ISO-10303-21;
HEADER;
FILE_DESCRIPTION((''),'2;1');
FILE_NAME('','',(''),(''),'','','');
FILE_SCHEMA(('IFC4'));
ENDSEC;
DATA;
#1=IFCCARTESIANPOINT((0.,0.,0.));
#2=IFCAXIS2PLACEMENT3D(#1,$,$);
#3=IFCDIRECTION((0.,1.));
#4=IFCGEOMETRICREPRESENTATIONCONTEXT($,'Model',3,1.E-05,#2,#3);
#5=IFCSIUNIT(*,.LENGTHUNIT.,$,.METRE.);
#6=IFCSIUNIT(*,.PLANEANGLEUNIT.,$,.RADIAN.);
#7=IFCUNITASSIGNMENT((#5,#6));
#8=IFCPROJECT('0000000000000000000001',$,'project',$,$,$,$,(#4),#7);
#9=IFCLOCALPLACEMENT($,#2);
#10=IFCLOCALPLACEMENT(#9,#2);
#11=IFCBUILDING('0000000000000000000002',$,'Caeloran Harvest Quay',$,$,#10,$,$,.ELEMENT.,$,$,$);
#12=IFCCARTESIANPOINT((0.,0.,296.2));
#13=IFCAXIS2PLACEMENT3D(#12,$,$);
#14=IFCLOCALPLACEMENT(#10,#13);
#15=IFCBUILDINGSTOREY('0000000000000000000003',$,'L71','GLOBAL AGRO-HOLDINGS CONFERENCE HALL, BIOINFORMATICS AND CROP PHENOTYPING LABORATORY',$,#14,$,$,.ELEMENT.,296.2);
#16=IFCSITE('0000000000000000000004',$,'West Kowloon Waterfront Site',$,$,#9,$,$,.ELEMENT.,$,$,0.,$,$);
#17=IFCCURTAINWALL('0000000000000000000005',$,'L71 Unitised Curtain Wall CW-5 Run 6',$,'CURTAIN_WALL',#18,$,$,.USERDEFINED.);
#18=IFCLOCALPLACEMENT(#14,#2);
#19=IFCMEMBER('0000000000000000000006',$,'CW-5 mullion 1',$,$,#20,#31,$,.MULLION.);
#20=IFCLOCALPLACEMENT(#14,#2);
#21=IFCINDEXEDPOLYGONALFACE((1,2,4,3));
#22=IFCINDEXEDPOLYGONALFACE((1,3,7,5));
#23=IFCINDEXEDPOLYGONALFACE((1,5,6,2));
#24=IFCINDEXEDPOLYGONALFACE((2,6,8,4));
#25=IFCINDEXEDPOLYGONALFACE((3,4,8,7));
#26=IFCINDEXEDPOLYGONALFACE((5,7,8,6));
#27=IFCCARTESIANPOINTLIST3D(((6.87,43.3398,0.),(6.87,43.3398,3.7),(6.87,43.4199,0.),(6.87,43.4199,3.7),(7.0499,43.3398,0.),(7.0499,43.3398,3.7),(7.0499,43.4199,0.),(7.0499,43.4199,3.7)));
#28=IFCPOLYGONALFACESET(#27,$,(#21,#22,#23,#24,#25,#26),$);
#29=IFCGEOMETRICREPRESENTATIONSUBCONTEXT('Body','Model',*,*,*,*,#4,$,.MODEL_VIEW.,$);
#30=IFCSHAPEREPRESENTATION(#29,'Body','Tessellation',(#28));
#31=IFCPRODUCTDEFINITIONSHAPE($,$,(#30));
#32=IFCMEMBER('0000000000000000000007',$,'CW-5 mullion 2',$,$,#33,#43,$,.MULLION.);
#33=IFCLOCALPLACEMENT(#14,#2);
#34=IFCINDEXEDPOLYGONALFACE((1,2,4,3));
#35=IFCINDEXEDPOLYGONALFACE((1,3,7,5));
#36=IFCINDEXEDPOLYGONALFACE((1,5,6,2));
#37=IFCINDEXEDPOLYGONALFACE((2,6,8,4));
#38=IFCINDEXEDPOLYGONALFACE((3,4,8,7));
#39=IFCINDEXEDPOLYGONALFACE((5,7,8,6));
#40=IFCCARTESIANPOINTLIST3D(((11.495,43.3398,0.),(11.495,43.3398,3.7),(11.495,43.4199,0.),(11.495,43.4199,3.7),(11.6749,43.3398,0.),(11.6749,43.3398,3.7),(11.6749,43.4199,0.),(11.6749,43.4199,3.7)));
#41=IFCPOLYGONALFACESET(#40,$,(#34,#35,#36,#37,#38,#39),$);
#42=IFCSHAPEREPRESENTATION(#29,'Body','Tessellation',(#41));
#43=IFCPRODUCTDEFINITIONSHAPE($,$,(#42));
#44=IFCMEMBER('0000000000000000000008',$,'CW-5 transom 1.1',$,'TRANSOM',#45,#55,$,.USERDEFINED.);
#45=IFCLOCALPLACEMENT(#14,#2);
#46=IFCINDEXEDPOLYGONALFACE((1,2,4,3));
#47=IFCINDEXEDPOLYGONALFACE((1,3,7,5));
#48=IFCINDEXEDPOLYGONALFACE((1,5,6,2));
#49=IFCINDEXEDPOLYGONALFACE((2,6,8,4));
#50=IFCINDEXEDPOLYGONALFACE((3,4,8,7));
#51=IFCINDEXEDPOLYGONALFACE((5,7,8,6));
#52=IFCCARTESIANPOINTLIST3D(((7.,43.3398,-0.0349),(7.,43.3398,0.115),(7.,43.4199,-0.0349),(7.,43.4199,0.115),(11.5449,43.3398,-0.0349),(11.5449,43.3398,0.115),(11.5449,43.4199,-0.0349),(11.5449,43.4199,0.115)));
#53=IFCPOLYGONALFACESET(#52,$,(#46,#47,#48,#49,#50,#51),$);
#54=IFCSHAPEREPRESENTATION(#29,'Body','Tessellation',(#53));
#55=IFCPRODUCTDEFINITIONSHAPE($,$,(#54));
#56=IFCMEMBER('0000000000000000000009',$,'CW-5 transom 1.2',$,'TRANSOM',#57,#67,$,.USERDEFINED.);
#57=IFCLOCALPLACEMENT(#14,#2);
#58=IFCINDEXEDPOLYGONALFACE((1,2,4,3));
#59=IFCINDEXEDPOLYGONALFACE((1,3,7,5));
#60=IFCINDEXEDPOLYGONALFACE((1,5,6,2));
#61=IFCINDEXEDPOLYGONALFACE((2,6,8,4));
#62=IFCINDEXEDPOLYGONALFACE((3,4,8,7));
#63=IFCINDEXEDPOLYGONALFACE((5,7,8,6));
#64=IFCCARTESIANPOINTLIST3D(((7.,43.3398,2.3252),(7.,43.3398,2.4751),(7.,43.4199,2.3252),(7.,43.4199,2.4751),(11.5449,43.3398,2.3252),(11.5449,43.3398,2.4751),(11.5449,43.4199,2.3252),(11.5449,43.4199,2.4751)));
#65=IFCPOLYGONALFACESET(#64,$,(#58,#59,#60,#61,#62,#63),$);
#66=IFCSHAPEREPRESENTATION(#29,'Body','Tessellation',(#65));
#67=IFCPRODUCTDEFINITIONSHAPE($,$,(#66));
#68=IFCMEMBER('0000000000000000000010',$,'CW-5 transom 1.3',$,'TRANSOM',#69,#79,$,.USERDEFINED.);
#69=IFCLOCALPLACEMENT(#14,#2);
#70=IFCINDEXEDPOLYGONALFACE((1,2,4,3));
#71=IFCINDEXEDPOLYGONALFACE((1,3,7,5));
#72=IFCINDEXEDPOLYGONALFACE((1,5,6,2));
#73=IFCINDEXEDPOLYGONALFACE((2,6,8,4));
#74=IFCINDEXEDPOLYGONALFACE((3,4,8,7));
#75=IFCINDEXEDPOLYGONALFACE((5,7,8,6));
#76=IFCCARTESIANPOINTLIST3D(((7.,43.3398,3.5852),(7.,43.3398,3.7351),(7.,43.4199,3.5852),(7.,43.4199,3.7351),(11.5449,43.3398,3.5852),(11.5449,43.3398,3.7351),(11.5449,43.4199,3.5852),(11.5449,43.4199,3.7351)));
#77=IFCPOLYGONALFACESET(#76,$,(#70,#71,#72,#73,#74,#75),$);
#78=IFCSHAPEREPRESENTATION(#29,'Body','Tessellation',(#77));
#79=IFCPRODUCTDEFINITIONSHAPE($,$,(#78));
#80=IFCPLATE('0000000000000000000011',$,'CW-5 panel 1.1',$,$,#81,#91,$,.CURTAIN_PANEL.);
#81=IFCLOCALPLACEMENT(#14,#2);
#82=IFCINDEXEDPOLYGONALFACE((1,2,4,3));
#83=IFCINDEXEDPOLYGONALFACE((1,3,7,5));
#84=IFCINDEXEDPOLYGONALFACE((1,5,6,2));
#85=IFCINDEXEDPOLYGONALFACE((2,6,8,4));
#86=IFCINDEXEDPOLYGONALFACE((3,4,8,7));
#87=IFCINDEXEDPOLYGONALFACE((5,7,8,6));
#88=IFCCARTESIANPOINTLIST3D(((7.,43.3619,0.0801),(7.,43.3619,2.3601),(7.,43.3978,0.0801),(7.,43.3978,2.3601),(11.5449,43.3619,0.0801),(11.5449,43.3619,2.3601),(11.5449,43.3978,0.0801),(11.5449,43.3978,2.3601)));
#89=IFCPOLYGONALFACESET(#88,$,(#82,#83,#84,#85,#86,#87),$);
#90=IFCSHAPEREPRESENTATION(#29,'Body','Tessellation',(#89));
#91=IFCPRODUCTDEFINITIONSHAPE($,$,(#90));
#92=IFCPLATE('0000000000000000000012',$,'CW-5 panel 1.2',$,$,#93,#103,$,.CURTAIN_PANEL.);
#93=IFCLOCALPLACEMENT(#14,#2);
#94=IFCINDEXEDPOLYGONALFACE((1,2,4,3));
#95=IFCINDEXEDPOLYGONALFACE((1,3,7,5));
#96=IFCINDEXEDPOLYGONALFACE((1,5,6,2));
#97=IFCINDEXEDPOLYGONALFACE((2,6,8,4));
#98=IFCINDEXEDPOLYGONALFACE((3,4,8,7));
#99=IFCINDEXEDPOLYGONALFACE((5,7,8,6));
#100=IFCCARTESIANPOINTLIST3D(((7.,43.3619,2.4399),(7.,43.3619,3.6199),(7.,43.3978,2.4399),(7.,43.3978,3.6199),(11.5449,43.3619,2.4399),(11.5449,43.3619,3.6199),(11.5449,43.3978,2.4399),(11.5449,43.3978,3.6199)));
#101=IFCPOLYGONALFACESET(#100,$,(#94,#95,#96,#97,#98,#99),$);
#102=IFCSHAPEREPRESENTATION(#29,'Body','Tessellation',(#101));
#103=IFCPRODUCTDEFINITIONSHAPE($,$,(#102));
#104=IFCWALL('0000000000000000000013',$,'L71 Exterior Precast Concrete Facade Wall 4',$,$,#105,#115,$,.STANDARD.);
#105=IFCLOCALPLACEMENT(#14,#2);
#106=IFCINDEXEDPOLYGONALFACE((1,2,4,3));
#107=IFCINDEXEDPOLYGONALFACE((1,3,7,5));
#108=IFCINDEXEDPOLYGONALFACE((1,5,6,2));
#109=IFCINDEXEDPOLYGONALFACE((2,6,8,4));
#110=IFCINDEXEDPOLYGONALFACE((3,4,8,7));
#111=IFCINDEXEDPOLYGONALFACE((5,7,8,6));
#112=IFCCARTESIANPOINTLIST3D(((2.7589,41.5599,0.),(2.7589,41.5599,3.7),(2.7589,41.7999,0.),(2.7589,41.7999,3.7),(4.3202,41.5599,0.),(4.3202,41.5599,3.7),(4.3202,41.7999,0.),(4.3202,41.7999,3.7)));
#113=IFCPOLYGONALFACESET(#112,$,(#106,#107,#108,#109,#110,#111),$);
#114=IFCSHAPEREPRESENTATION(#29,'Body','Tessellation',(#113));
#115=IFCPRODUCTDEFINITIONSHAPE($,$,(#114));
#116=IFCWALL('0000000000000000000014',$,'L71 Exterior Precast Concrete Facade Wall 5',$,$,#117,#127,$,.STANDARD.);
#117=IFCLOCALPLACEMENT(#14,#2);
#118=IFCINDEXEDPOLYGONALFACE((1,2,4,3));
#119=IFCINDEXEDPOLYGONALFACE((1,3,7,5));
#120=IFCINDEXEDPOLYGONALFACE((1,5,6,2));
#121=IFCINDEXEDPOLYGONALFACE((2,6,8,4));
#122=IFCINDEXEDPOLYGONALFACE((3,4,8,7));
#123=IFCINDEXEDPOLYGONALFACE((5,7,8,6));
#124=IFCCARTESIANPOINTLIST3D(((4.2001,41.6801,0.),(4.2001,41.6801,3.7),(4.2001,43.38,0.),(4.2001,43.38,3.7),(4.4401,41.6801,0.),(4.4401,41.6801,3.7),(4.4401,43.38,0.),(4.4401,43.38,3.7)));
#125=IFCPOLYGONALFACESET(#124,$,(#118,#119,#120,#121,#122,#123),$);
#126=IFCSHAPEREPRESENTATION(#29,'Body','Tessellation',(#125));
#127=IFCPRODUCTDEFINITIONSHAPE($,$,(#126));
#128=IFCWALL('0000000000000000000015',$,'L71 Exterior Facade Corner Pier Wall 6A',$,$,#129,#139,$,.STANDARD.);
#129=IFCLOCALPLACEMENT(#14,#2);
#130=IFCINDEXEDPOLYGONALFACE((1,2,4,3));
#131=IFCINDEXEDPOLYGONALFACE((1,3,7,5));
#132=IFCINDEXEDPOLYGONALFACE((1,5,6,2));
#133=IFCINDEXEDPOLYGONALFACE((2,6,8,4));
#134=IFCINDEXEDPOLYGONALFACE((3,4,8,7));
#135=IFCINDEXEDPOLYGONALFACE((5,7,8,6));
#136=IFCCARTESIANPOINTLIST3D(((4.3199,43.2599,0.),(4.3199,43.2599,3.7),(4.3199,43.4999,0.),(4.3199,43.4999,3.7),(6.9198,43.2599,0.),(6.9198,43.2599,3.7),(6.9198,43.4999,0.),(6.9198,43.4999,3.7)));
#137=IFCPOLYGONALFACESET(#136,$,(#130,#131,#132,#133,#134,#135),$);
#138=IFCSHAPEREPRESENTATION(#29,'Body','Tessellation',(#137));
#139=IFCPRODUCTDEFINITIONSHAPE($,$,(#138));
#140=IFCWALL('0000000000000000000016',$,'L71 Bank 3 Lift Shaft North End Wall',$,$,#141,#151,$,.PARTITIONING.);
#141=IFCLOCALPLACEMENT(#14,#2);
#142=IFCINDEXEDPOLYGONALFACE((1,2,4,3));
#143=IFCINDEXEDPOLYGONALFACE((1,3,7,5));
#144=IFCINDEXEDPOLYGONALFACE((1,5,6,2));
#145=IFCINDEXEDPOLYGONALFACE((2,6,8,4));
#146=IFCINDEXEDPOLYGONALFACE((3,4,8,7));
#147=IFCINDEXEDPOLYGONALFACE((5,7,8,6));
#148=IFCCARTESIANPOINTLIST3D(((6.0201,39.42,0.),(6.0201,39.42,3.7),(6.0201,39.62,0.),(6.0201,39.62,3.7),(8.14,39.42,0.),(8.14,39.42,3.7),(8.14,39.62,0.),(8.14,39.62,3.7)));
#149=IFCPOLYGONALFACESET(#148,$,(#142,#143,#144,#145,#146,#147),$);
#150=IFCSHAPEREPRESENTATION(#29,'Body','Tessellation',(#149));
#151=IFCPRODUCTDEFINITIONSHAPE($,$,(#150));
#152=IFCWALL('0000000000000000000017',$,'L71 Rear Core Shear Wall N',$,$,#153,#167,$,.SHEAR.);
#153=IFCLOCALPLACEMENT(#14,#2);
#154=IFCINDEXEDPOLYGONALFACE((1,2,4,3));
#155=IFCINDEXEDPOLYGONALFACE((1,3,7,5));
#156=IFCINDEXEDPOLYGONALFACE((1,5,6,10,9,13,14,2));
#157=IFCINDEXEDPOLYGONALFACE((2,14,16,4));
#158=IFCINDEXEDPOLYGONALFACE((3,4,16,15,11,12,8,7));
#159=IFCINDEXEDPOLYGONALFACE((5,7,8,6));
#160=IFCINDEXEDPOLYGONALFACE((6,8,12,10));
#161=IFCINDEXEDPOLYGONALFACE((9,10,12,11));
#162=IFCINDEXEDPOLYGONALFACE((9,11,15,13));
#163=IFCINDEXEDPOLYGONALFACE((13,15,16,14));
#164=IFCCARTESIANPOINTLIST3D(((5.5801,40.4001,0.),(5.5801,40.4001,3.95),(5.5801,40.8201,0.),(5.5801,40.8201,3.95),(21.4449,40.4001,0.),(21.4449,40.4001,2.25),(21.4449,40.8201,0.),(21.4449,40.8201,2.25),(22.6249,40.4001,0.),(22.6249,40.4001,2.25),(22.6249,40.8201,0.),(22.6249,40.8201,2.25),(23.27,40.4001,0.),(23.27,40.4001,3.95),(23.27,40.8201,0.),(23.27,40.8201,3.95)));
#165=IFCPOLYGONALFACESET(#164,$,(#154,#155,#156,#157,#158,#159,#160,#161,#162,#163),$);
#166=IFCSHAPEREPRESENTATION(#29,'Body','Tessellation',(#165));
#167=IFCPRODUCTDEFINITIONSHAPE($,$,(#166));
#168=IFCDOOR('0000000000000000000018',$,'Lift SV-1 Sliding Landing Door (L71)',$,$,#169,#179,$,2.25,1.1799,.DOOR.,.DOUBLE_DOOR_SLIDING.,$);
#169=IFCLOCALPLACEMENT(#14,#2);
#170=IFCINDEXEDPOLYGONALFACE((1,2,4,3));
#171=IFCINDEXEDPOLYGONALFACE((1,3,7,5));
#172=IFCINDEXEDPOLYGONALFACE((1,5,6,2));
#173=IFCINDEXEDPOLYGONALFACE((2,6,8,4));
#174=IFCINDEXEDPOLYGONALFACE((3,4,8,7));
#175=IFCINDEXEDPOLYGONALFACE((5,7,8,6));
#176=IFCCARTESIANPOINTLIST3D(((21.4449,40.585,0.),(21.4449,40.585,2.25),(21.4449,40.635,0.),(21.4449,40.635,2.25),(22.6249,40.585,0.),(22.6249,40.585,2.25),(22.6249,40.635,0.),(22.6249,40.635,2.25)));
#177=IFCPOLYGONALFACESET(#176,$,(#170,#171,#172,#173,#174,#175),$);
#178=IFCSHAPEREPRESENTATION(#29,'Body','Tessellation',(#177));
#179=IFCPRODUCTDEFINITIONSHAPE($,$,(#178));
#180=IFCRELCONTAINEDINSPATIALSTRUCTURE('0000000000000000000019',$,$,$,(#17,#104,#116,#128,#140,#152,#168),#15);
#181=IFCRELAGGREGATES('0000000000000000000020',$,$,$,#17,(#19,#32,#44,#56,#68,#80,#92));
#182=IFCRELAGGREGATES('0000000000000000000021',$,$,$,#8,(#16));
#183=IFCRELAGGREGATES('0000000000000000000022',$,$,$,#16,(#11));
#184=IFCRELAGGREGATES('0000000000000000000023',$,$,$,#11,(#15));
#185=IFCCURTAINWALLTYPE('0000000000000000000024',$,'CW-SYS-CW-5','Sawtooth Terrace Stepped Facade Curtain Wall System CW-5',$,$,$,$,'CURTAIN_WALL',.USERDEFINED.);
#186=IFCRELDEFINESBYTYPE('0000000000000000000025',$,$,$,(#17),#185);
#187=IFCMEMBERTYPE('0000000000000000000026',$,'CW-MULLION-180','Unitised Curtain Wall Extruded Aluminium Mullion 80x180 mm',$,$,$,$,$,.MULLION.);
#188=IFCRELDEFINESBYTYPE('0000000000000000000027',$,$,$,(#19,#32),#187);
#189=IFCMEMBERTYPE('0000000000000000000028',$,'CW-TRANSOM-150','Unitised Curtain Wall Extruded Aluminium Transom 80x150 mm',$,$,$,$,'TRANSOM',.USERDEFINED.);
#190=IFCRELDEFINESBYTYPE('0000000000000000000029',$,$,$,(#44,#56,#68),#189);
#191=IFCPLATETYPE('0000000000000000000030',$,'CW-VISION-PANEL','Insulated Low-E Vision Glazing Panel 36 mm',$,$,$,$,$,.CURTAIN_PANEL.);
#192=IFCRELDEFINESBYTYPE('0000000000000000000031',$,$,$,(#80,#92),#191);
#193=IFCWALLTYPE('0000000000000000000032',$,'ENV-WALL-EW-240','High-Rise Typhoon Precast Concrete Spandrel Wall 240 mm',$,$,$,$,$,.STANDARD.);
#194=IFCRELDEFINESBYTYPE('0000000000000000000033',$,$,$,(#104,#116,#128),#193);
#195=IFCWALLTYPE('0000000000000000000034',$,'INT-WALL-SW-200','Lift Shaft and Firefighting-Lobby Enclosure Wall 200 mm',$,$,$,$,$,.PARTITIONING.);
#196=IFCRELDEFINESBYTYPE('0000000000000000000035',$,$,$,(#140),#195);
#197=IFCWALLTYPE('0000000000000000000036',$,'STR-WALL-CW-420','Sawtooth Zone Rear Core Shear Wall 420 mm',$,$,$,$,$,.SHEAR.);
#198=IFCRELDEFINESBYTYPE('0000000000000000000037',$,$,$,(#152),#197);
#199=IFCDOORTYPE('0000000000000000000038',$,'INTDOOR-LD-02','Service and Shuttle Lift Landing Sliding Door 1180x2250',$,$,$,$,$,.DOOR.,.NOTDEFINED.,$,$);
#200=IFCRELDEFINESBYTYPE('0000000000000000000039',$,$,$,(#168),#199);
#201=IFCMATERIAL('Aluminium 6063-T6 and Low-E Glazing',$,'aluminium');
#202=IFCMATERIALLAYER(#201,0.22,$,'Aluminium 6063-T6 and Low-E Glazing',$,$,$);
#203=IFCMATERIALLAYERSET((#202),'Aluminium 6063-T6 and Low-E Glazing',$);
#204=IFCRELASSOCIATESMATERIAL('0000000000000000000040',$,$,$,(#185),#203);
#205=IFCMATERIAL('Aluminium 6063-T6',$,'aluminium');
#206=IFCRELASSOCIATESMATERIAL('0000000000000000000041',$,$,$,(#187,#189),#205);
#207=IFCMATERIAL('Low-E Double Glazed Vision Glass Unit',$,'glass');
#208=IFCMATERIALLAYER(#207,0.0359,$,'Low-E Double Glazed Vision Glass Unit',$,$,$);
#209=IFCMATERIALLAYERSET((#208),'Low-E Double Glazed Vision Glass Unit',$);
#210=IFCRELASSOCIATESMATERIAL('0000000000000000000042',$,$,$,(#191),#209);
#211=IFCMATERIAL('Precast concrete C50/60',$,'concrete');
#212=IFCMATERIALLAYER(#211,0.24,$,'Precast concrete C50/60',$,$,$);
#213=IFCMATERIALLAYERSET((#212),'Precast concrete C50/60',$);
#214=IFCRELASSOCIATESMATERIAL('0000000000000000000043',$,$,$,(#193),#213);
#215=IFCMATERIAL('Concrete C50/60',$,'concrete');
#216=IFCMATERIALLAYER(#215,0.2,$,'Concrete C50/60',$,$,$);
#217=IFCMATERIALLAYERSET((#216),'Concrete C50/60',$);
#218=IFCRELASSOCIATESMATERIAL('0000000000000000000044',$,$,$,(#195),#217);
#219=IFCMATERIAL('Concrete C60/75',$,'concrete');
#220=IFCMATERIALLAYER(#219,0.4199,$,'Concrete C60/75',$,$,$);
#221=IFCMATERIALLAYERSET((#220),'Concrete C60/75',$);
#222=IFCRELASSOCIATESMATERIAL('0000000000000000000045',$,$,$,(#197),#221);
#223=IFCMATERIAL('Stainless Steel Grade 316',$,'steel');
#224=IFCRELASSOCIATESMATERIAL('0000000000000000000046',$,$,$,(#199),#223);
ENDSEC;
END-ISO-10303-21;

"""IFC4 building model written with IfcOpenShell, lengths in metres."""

from ifc_helpers import new_model, si_unit, direction, frame, frame_2d, origin, origin_2d, place, context, subcontext, project, spatial, rectangle, extrude, material, layer, layer_set, material_profile, profile_set, type_object, element, fill, aggregate, save


model = new_model("IFC4")

# Units and contexts
model_context = context("Model", 3, precision=1e-05, world=origin(), true_north=direction((0.0, 1.0)))
body_context = subcontext(model_context, "Body", "Model", "MODEL_VIEW")
ifc_project = project(units=[si_unit("LENGTHUNIT", "METRE"), si_unit("PLANEANGLEUNIT", "RADIAN")], contexts=[model_context])

# Site, building, storey
site_placement = place(None, origin())
site = spatial("IfcSite", under=ifc_project, at=site_placement, Name="West Kowloon Waterfront Site", CompositionType="ELEMENT", RefElevation=0.0)
building_placement = place(site_placement, origin())
building = spatial("IfcBuilding", under=site, at=building_placement, Name="Caeloran Harvest Quay", CompositionType="ELEMENT")
storey_placement = place(building_placement, frame((0.0, 0.0, 296.2)))
storey = spatial("IfcBuildingStorey", under=building, at=storey_placement, Name="L71", Description="GLOBAL AGRO-HOLDINGS CONFERENCE HALL, BIOINFORMATICS AND CROP PHENOTYPING LABORATORY", CompositionType="ELEMENT", Elevation=296.2)

# Curtain wall, members, plates
ifc_material_1 = material(Name="Aluminium 6063-T6 and Low-E Glazing", Category="aluminium")
ifc_layer_1 = layer(ifc_material_1, 0.22, Name="Aluminium 6063-T6 and Low-E Glazing")
ifc_layer_set_1 = layer_set([ifc_layer_1], Name="Aluminium 6063-T6 and Low-E Glazing")
curtain_wall_type = type_object("IfcCurtainWallType", Name="CW-SYS-CW-5", Description="Sawtooth Terrace Stepped Facade Curtain Wall System CW-5", ElementType="CURTAIN_WALL", PredefinedType="USERDEFINED", material=ifc_layer_set_1)
curtain_wall_placement = place(storey_placement, origin())
curtain_wall = element("IfcCurtainWall", 1, at=curtain_wall_placement, inside=storey, type_object=curtain_wall_type, Name="L71 Unitised Curtain Wall CW-5 Run 6", ObjectType="CURTAIN_WALL", PredefinedType="USERDEFINED")
ifc_material_2 = material(Name="Aluminium 6063-T6", Category="aluminium")
ifc_material_profile_1 = material_profile(ifc_material_2, rectangle(XDim=0.0801, YDim=0.1799, at=origin_2d()), Name="CW-MULLION-180")
ifc_profile_set_1 = profile_set([ifc_material_profile_1], Name="Aluminium 6063-T6")
member_type_1 = type_object("IfcMemberType", Name="CW-MULLION-180", Description="Unitised Curtain Wall Extruded Aluminium Mullion 80x180 mm", PredefinedType="MULLION", material=ifc_profile_set_1)
member_1_placement = place(storey_placement, frame((6.96, 43.3799, 0.0), z_axis=(0.0, 0.0, 1.0), x_axis=(0.0, 1.0, 0.0)))
member_1 = element("IfcMember", 2, at=member_1_placement, type_object=member_type_1, Name="CW-5 mullion 1", PredefinedType="MULLION", context=body_context, shape_type="SweptSolid", body=[
    extrude(rectangle(XDim=0.0801, YDim=0.1799, at=origin_2d()), origin(), (0.0, 0.0, 1.0), 3.7),
])
member_2_placement = place(storey_placement, frame((11.585, 43.3799, 0.0), z_axis=(0.0, 0.0, 1.0), x_axis=(0.0, 1.0, 0.0)))
member_2 = element("IfcMember", 3, at=member_2_placement, type_object=member_type_1, Name="CW-5 mullion 2", PredefinedType="MULLION", context=body_context, shape_type="SweptSolid", body=[
    extrude(rectangle(XDim=0.0801, YDim=0.1799, at=origin_2d()), origin(), (0.0, 0.0, 1.0), 3.7),
])
ifc_material_profile_2 = material_profile(ifc_material_2, rectangle(XDim=0.0801, YDim=0.1499, at=origin_2d()), Name="CW-TRANSOM-150")
ifc_profile_set_2 = profile_set([ifc_material_profile_2], Name="Aluminium 6063-T6")
member_type_2 = type_object("IfcMemberType", Name="CW-TRANSOM-150", Description="Unitised Curtain Wall Extruded Aluminium Transom 80x150 mm", ElementType="TRANSOM", PredefinedType="USERDEFINED", material=ifc_profile_set_2)
member_3_placement = place(storey_placement, frame((7.0, 43.3799, 0.04), z_axis=(1.0, 0.0, 0.0), x_axis=(0.0, 1.0, 0.0)))
member_3 = element("IfcMember", 4, at=member_3_placement, type_object=member_type_2, Name="CW-5 transom 1.1", ObjectType="TRANSOM", PredefinedType="USERDEFINED", context=body_context, shape_type="SweptSolid", body=[
    extrude(rectangle(XDim=0.0801, YDim=0.1499, at=origin_2d()), origin(), (0.0, 0.0, 1.0), 4.5449),
])
member_4_placement = place(storey_placement, frame((7.0, 43.3799, 2.4001), z_axis=(1.0, 0.0, 0.0), x_axis=(0.0, 1.0, 0.0)))
member_4 = element("IfcMember", 5, at=member_4_placement, type_object=member_type_2, Name="CW-5 transom 1.2", ObjectType="TRANSOM", PredefinedType="USERDEFINED", context=body_context, shape_type="SweptSolid", body=[
    extrude(rectangle(XDim=0.0801, YDim=0.1499, at=origin_2d()), origin(), (0.0, 0.0, 1.0), 4.5449),
])
member_5_placement = place(storey_placement, frame((7.0, 43.3799, 3.6602), z_axis=(1.0, 0.0, 0.0), x_axis=(0.0, 1.0, 0.0)))
member_5 = element("IfcMember", 6, at=member_5_placement, type_object=member_type_2, Name="CW-5 transom 1.3", ObjectType="TRANSOM", PredefinedType="USERDEFINED", context=body_context, shape_type="SweptSolid", body=[
    extrude(rectangle(XDim=0.0801, YDim=0.1499, at=origin_2d()), origin(), (0.0, 0.0, 1.0), 4.5449),
])
ifc_material_3 = material(Name="Low-E Double Glazed Vision Glass Unit", Category="glass")
ifc_layer_2 = layer(ifc_material_3, 0.0359, Name="Low-E Double Glazed Vision Glass Unit")
ifc_layer_set_2 = layer_set([ifc_layer_2], Name="Low-E Double Glazed Vision Glass Unit")
plate_type = type_object("IfcPlateType", Name="CW-VISION-PANEL", Description="Insulated Low-E Vision Glazing Panel 36 mm", PredefinedType="CURTAIN_PANEL", material=ifc_layer_set_2)
plate_1_placement = place(storey_placement, frame((9.2725, 43.3799, 0.0801), z_axis=(0.0, 0.0, 1.0), x_axis=(1.0, 0.0, 0.0)))
plate_1 = element("IfcPlate", 7, at=plate_1_placement, type_object=plate_type, Name="CW-5 panel 1.1", PredefinedType="CURTAIN_PANEL", context=body_context, shape_type="SweptSolid", body=[
    extrude(rectangle(XDim=4.5449, YDim=0.0359, at=origin_2d()), origin(), (0.0, 0.0, 1.0), 2.28),
])
plate_2_placement = place(storey_placement, frame((9.2725, 43.3799, 2.4399), z_axis=(0.0, 0.0, 1.0), x_axis=(1.0, 0.0, 0.0)))
plate_2 = element("IfcPlate", 8, at=plate_2_placement, type_object=plate_type, Name="CW-5 panel 1.2", PredefinedType="CURTAIN_PANEL", context=body_context, shape_type="SweptSolid", body=[
    extrude(rectangle(XDim=4.5449, YDim=0.0359, at=origin_2d()), origin(), (0.0, 0.0, 1.0), 1.1799),
])
aggregate(curtain_wall, [member_1, member_2, member_3, member_4, member_5, plate_1, plate_2])

# Walls
ifc_material_4 = material(Name="Precast concrete C50/60", Category="concrete")
ifc_layer_3 = layer(ifc_material_4, 0.24, Name="Precast concrete C50/60")
ifc_layer_set_3 = layer_set([ifc_layer_3], Name="Precast concrete C50/60")
wall_type_1 = type_object("IfcWallType", Name="ENV-WALL-EW-240", Description="High-Rise Typhoon Precast Concrete Spandrel Wall 240 mm", PredefinedType="STANDARD", material=ifc_layer_set_3)
wall_1_placement = place(storey_placement, frame((2.7588, 41.6799, 0.0), z_axis=(0.0, 0.0, 1.0), x_axis=(1.0, 0.0, 0.0)))
element("IfcWall", 9, at=wall_1_placement, inside=storey, type_object=wall_type_1, Name="L71 Exterior Precast Concrete Facade Wall 4", PredefinedType="STANDARD", context=body_context, shape_type="SweptSolid", body=[
    extrude(rectangle(XDim=1.5613, YDim=0.24, at=frame_2d((0.7808, 0.0))), origin(), (0.0, 0.0, 1.0), 3.7),
])
wall_2_placement = place(storey_placement, frame((4.3201, 41.6799, 0.0), z_axis=(0.0, 0.0, 1.0), x_axis=(0.0, 1.0, 0.0)))
element("IfcWall", 10, at=wall_2_placement, inside=storey, type_object=wall_type_1, Name="L71 Exterior Precast Concrete Facade Wall 5", PredefinedType="STANDARD", context=body_context, shape_type="SweptSolid", body=[
    extrude(rectangle(XDim=1.7, YDim=0.24, at=frame_2d((0.8501, 0.0))), origin(), (0.0, 0.0, 1.0), 3.7),
])
wall_3_placement = place(storey_placement, frame((4.3201, 43.3799, 0.0), z_axis=(0.0, 0.0, 1.0), x_axis=(1.0, 0.0, 0.0)))
element("IfcWall", 11, at=wall_3_placement, inside=storey, type_object=wall_type_1, Name="L71 Exterior Facade Corner Pier Wall 6A", PredefinedType="STANDARD", context=body_context, shape_type="SweptSolid", body=[
    extrude(rectangle(XDim=2.5999, YDim=0.24, at=frame_2d((1.2998, 0.0))), origin(), (0.0, 0.0, 1.0), 3.7),
])
ifc_material_5 = material(Name="Concrete C50/60", Category="concrete")
ifc_layer_4 = layer(ifc_material_5, 0.2, Name="Concrete C50/60")
ifc_layer_set_4 = layer_set([ifc_layer_4], Name="Concrete C50/60")
wall_type_2 = type_object("IfcWallType", Name="INT-WALL-SW-200", Description="Lift Shaft and Firefighting-Lobby Enclosure Wall 200 mm", PredefinedType="PARTITIONING", material=ifc_layer_set_4)
wall_4_placement = place(storey_placement, frame((6.02, 39.52, 0.0), z_axis=(0.0, 0.0, 1.0), x_axis=(1.0, 0.0, 0.0)))
element("IfcWall", 12, at=wall_4_placement, inside=storey, type_object=wall_type_2, Name="L71 Bank 3 Lift Shaft North End Wall", PredefinedType="PARTITIONING", context=body_context, shape_type="SweptSolid", body=[
    extrude(rectangle(XDim=2.1199, YDim=0.2, at=frame_2d((1.0601, 0.0))), origin(), (0.0, 0.0, 1.0), 3.7),
])

# Wall, opening, door
ifc_material_6 = material(Name="Concrete C60/75", Category="concrete")
ifc_layer_5 = layer(ifc_material_6, 0.4199, Name="Concrete C60/75")
ifc_layer_set_5 = layer_set([ifc_layer_5], Name="Concrete C60/75")
wall_type_3 = type_object("IfcWallType", Name="STR-WALL-CW-420", Description="Sawtooth Zone Rear Core Shear Wall 420 mm", PredefinedType="SHEAR", material=ifc_layer_set_5)
wall_5_placement = place(storey_placement, frame((5.5801, 40.6101, 0.0), z_axis=(0.0, 0.0, 1.0), x_axis=(1.0, 0.0, 0.0)))
wall_5 = element("IfcWall", 13, at=wall_5_placement, inside=storey, type_object=wall_type_3, Name="L71 Rear Core Shear Wall N", PredefinedType="SHEAR", context=body_context, shape_type="SweptSolid", body=[
    extrude(rectangle(XDim=17.6899, YDim=0.4199, at=frame_2d((8.845, 0.0))), origin(), (0.0, 0.0, 1.0), 3.95),
])
opening_placement = place(wall_5_placement, frame((15.865, 0.0, 0.0)))
opening = element("IfcOpeningElement", 14, at=opening_placement, cuts=wall_5, PredefinedType="OPENING", context=body_context, shape_type="SweptSolid", body=[
    extrude(rectangle(XDim=1.1799, YDim=2.25, at=frame_2d((0.5898, 1.125))), frame((0.0, 0.22, 0.0), z_axis=(0.0, -1.0, 0.0), x_axis=(1.0, 0.0, 0.0)), (0.0, 0.0, 1.0), 0.4399),
])
ifc_material_7 = material(Name="Stainless Steel Grade 316", Category="steel")
door_type = type_object("IfcDoorType", Name="INTDOOR-LD-02", Description="Service and Shuttle Lift Landing Sliding Door 1180x2250", OperationType="NOTDEFINED", PredefinedType="DOOR", material=ifc_material_7)
door_placement = place(opening_placement, origin())
door = element("IfcDoor", 15, at=door_placement, inside=storey, type_object=door_type, Name="Lift SV-1 Sliding Landing Door (L71)", OperationType="DOUBLE_DOOR_SLIDING", OverallHeight=2.25, OverallWidth=1.1799, PredefinedType="DOOR", context=body_context, shape_type="SweptSolid", body=[
    extrude(rectangle(XDim=1.1799, YDim=2.25, at=frame_2d((0.5898, 1.125))), frame((0.0, 0.0249, 0.0), z_axis=(0.0, -1.0, 0.0), x_axis=(1.0, 0.0, 0.0)), (0.0, 0.0, 1.0), 0.05),
])
fill(opening, door)

save(model, "model.ifc")
